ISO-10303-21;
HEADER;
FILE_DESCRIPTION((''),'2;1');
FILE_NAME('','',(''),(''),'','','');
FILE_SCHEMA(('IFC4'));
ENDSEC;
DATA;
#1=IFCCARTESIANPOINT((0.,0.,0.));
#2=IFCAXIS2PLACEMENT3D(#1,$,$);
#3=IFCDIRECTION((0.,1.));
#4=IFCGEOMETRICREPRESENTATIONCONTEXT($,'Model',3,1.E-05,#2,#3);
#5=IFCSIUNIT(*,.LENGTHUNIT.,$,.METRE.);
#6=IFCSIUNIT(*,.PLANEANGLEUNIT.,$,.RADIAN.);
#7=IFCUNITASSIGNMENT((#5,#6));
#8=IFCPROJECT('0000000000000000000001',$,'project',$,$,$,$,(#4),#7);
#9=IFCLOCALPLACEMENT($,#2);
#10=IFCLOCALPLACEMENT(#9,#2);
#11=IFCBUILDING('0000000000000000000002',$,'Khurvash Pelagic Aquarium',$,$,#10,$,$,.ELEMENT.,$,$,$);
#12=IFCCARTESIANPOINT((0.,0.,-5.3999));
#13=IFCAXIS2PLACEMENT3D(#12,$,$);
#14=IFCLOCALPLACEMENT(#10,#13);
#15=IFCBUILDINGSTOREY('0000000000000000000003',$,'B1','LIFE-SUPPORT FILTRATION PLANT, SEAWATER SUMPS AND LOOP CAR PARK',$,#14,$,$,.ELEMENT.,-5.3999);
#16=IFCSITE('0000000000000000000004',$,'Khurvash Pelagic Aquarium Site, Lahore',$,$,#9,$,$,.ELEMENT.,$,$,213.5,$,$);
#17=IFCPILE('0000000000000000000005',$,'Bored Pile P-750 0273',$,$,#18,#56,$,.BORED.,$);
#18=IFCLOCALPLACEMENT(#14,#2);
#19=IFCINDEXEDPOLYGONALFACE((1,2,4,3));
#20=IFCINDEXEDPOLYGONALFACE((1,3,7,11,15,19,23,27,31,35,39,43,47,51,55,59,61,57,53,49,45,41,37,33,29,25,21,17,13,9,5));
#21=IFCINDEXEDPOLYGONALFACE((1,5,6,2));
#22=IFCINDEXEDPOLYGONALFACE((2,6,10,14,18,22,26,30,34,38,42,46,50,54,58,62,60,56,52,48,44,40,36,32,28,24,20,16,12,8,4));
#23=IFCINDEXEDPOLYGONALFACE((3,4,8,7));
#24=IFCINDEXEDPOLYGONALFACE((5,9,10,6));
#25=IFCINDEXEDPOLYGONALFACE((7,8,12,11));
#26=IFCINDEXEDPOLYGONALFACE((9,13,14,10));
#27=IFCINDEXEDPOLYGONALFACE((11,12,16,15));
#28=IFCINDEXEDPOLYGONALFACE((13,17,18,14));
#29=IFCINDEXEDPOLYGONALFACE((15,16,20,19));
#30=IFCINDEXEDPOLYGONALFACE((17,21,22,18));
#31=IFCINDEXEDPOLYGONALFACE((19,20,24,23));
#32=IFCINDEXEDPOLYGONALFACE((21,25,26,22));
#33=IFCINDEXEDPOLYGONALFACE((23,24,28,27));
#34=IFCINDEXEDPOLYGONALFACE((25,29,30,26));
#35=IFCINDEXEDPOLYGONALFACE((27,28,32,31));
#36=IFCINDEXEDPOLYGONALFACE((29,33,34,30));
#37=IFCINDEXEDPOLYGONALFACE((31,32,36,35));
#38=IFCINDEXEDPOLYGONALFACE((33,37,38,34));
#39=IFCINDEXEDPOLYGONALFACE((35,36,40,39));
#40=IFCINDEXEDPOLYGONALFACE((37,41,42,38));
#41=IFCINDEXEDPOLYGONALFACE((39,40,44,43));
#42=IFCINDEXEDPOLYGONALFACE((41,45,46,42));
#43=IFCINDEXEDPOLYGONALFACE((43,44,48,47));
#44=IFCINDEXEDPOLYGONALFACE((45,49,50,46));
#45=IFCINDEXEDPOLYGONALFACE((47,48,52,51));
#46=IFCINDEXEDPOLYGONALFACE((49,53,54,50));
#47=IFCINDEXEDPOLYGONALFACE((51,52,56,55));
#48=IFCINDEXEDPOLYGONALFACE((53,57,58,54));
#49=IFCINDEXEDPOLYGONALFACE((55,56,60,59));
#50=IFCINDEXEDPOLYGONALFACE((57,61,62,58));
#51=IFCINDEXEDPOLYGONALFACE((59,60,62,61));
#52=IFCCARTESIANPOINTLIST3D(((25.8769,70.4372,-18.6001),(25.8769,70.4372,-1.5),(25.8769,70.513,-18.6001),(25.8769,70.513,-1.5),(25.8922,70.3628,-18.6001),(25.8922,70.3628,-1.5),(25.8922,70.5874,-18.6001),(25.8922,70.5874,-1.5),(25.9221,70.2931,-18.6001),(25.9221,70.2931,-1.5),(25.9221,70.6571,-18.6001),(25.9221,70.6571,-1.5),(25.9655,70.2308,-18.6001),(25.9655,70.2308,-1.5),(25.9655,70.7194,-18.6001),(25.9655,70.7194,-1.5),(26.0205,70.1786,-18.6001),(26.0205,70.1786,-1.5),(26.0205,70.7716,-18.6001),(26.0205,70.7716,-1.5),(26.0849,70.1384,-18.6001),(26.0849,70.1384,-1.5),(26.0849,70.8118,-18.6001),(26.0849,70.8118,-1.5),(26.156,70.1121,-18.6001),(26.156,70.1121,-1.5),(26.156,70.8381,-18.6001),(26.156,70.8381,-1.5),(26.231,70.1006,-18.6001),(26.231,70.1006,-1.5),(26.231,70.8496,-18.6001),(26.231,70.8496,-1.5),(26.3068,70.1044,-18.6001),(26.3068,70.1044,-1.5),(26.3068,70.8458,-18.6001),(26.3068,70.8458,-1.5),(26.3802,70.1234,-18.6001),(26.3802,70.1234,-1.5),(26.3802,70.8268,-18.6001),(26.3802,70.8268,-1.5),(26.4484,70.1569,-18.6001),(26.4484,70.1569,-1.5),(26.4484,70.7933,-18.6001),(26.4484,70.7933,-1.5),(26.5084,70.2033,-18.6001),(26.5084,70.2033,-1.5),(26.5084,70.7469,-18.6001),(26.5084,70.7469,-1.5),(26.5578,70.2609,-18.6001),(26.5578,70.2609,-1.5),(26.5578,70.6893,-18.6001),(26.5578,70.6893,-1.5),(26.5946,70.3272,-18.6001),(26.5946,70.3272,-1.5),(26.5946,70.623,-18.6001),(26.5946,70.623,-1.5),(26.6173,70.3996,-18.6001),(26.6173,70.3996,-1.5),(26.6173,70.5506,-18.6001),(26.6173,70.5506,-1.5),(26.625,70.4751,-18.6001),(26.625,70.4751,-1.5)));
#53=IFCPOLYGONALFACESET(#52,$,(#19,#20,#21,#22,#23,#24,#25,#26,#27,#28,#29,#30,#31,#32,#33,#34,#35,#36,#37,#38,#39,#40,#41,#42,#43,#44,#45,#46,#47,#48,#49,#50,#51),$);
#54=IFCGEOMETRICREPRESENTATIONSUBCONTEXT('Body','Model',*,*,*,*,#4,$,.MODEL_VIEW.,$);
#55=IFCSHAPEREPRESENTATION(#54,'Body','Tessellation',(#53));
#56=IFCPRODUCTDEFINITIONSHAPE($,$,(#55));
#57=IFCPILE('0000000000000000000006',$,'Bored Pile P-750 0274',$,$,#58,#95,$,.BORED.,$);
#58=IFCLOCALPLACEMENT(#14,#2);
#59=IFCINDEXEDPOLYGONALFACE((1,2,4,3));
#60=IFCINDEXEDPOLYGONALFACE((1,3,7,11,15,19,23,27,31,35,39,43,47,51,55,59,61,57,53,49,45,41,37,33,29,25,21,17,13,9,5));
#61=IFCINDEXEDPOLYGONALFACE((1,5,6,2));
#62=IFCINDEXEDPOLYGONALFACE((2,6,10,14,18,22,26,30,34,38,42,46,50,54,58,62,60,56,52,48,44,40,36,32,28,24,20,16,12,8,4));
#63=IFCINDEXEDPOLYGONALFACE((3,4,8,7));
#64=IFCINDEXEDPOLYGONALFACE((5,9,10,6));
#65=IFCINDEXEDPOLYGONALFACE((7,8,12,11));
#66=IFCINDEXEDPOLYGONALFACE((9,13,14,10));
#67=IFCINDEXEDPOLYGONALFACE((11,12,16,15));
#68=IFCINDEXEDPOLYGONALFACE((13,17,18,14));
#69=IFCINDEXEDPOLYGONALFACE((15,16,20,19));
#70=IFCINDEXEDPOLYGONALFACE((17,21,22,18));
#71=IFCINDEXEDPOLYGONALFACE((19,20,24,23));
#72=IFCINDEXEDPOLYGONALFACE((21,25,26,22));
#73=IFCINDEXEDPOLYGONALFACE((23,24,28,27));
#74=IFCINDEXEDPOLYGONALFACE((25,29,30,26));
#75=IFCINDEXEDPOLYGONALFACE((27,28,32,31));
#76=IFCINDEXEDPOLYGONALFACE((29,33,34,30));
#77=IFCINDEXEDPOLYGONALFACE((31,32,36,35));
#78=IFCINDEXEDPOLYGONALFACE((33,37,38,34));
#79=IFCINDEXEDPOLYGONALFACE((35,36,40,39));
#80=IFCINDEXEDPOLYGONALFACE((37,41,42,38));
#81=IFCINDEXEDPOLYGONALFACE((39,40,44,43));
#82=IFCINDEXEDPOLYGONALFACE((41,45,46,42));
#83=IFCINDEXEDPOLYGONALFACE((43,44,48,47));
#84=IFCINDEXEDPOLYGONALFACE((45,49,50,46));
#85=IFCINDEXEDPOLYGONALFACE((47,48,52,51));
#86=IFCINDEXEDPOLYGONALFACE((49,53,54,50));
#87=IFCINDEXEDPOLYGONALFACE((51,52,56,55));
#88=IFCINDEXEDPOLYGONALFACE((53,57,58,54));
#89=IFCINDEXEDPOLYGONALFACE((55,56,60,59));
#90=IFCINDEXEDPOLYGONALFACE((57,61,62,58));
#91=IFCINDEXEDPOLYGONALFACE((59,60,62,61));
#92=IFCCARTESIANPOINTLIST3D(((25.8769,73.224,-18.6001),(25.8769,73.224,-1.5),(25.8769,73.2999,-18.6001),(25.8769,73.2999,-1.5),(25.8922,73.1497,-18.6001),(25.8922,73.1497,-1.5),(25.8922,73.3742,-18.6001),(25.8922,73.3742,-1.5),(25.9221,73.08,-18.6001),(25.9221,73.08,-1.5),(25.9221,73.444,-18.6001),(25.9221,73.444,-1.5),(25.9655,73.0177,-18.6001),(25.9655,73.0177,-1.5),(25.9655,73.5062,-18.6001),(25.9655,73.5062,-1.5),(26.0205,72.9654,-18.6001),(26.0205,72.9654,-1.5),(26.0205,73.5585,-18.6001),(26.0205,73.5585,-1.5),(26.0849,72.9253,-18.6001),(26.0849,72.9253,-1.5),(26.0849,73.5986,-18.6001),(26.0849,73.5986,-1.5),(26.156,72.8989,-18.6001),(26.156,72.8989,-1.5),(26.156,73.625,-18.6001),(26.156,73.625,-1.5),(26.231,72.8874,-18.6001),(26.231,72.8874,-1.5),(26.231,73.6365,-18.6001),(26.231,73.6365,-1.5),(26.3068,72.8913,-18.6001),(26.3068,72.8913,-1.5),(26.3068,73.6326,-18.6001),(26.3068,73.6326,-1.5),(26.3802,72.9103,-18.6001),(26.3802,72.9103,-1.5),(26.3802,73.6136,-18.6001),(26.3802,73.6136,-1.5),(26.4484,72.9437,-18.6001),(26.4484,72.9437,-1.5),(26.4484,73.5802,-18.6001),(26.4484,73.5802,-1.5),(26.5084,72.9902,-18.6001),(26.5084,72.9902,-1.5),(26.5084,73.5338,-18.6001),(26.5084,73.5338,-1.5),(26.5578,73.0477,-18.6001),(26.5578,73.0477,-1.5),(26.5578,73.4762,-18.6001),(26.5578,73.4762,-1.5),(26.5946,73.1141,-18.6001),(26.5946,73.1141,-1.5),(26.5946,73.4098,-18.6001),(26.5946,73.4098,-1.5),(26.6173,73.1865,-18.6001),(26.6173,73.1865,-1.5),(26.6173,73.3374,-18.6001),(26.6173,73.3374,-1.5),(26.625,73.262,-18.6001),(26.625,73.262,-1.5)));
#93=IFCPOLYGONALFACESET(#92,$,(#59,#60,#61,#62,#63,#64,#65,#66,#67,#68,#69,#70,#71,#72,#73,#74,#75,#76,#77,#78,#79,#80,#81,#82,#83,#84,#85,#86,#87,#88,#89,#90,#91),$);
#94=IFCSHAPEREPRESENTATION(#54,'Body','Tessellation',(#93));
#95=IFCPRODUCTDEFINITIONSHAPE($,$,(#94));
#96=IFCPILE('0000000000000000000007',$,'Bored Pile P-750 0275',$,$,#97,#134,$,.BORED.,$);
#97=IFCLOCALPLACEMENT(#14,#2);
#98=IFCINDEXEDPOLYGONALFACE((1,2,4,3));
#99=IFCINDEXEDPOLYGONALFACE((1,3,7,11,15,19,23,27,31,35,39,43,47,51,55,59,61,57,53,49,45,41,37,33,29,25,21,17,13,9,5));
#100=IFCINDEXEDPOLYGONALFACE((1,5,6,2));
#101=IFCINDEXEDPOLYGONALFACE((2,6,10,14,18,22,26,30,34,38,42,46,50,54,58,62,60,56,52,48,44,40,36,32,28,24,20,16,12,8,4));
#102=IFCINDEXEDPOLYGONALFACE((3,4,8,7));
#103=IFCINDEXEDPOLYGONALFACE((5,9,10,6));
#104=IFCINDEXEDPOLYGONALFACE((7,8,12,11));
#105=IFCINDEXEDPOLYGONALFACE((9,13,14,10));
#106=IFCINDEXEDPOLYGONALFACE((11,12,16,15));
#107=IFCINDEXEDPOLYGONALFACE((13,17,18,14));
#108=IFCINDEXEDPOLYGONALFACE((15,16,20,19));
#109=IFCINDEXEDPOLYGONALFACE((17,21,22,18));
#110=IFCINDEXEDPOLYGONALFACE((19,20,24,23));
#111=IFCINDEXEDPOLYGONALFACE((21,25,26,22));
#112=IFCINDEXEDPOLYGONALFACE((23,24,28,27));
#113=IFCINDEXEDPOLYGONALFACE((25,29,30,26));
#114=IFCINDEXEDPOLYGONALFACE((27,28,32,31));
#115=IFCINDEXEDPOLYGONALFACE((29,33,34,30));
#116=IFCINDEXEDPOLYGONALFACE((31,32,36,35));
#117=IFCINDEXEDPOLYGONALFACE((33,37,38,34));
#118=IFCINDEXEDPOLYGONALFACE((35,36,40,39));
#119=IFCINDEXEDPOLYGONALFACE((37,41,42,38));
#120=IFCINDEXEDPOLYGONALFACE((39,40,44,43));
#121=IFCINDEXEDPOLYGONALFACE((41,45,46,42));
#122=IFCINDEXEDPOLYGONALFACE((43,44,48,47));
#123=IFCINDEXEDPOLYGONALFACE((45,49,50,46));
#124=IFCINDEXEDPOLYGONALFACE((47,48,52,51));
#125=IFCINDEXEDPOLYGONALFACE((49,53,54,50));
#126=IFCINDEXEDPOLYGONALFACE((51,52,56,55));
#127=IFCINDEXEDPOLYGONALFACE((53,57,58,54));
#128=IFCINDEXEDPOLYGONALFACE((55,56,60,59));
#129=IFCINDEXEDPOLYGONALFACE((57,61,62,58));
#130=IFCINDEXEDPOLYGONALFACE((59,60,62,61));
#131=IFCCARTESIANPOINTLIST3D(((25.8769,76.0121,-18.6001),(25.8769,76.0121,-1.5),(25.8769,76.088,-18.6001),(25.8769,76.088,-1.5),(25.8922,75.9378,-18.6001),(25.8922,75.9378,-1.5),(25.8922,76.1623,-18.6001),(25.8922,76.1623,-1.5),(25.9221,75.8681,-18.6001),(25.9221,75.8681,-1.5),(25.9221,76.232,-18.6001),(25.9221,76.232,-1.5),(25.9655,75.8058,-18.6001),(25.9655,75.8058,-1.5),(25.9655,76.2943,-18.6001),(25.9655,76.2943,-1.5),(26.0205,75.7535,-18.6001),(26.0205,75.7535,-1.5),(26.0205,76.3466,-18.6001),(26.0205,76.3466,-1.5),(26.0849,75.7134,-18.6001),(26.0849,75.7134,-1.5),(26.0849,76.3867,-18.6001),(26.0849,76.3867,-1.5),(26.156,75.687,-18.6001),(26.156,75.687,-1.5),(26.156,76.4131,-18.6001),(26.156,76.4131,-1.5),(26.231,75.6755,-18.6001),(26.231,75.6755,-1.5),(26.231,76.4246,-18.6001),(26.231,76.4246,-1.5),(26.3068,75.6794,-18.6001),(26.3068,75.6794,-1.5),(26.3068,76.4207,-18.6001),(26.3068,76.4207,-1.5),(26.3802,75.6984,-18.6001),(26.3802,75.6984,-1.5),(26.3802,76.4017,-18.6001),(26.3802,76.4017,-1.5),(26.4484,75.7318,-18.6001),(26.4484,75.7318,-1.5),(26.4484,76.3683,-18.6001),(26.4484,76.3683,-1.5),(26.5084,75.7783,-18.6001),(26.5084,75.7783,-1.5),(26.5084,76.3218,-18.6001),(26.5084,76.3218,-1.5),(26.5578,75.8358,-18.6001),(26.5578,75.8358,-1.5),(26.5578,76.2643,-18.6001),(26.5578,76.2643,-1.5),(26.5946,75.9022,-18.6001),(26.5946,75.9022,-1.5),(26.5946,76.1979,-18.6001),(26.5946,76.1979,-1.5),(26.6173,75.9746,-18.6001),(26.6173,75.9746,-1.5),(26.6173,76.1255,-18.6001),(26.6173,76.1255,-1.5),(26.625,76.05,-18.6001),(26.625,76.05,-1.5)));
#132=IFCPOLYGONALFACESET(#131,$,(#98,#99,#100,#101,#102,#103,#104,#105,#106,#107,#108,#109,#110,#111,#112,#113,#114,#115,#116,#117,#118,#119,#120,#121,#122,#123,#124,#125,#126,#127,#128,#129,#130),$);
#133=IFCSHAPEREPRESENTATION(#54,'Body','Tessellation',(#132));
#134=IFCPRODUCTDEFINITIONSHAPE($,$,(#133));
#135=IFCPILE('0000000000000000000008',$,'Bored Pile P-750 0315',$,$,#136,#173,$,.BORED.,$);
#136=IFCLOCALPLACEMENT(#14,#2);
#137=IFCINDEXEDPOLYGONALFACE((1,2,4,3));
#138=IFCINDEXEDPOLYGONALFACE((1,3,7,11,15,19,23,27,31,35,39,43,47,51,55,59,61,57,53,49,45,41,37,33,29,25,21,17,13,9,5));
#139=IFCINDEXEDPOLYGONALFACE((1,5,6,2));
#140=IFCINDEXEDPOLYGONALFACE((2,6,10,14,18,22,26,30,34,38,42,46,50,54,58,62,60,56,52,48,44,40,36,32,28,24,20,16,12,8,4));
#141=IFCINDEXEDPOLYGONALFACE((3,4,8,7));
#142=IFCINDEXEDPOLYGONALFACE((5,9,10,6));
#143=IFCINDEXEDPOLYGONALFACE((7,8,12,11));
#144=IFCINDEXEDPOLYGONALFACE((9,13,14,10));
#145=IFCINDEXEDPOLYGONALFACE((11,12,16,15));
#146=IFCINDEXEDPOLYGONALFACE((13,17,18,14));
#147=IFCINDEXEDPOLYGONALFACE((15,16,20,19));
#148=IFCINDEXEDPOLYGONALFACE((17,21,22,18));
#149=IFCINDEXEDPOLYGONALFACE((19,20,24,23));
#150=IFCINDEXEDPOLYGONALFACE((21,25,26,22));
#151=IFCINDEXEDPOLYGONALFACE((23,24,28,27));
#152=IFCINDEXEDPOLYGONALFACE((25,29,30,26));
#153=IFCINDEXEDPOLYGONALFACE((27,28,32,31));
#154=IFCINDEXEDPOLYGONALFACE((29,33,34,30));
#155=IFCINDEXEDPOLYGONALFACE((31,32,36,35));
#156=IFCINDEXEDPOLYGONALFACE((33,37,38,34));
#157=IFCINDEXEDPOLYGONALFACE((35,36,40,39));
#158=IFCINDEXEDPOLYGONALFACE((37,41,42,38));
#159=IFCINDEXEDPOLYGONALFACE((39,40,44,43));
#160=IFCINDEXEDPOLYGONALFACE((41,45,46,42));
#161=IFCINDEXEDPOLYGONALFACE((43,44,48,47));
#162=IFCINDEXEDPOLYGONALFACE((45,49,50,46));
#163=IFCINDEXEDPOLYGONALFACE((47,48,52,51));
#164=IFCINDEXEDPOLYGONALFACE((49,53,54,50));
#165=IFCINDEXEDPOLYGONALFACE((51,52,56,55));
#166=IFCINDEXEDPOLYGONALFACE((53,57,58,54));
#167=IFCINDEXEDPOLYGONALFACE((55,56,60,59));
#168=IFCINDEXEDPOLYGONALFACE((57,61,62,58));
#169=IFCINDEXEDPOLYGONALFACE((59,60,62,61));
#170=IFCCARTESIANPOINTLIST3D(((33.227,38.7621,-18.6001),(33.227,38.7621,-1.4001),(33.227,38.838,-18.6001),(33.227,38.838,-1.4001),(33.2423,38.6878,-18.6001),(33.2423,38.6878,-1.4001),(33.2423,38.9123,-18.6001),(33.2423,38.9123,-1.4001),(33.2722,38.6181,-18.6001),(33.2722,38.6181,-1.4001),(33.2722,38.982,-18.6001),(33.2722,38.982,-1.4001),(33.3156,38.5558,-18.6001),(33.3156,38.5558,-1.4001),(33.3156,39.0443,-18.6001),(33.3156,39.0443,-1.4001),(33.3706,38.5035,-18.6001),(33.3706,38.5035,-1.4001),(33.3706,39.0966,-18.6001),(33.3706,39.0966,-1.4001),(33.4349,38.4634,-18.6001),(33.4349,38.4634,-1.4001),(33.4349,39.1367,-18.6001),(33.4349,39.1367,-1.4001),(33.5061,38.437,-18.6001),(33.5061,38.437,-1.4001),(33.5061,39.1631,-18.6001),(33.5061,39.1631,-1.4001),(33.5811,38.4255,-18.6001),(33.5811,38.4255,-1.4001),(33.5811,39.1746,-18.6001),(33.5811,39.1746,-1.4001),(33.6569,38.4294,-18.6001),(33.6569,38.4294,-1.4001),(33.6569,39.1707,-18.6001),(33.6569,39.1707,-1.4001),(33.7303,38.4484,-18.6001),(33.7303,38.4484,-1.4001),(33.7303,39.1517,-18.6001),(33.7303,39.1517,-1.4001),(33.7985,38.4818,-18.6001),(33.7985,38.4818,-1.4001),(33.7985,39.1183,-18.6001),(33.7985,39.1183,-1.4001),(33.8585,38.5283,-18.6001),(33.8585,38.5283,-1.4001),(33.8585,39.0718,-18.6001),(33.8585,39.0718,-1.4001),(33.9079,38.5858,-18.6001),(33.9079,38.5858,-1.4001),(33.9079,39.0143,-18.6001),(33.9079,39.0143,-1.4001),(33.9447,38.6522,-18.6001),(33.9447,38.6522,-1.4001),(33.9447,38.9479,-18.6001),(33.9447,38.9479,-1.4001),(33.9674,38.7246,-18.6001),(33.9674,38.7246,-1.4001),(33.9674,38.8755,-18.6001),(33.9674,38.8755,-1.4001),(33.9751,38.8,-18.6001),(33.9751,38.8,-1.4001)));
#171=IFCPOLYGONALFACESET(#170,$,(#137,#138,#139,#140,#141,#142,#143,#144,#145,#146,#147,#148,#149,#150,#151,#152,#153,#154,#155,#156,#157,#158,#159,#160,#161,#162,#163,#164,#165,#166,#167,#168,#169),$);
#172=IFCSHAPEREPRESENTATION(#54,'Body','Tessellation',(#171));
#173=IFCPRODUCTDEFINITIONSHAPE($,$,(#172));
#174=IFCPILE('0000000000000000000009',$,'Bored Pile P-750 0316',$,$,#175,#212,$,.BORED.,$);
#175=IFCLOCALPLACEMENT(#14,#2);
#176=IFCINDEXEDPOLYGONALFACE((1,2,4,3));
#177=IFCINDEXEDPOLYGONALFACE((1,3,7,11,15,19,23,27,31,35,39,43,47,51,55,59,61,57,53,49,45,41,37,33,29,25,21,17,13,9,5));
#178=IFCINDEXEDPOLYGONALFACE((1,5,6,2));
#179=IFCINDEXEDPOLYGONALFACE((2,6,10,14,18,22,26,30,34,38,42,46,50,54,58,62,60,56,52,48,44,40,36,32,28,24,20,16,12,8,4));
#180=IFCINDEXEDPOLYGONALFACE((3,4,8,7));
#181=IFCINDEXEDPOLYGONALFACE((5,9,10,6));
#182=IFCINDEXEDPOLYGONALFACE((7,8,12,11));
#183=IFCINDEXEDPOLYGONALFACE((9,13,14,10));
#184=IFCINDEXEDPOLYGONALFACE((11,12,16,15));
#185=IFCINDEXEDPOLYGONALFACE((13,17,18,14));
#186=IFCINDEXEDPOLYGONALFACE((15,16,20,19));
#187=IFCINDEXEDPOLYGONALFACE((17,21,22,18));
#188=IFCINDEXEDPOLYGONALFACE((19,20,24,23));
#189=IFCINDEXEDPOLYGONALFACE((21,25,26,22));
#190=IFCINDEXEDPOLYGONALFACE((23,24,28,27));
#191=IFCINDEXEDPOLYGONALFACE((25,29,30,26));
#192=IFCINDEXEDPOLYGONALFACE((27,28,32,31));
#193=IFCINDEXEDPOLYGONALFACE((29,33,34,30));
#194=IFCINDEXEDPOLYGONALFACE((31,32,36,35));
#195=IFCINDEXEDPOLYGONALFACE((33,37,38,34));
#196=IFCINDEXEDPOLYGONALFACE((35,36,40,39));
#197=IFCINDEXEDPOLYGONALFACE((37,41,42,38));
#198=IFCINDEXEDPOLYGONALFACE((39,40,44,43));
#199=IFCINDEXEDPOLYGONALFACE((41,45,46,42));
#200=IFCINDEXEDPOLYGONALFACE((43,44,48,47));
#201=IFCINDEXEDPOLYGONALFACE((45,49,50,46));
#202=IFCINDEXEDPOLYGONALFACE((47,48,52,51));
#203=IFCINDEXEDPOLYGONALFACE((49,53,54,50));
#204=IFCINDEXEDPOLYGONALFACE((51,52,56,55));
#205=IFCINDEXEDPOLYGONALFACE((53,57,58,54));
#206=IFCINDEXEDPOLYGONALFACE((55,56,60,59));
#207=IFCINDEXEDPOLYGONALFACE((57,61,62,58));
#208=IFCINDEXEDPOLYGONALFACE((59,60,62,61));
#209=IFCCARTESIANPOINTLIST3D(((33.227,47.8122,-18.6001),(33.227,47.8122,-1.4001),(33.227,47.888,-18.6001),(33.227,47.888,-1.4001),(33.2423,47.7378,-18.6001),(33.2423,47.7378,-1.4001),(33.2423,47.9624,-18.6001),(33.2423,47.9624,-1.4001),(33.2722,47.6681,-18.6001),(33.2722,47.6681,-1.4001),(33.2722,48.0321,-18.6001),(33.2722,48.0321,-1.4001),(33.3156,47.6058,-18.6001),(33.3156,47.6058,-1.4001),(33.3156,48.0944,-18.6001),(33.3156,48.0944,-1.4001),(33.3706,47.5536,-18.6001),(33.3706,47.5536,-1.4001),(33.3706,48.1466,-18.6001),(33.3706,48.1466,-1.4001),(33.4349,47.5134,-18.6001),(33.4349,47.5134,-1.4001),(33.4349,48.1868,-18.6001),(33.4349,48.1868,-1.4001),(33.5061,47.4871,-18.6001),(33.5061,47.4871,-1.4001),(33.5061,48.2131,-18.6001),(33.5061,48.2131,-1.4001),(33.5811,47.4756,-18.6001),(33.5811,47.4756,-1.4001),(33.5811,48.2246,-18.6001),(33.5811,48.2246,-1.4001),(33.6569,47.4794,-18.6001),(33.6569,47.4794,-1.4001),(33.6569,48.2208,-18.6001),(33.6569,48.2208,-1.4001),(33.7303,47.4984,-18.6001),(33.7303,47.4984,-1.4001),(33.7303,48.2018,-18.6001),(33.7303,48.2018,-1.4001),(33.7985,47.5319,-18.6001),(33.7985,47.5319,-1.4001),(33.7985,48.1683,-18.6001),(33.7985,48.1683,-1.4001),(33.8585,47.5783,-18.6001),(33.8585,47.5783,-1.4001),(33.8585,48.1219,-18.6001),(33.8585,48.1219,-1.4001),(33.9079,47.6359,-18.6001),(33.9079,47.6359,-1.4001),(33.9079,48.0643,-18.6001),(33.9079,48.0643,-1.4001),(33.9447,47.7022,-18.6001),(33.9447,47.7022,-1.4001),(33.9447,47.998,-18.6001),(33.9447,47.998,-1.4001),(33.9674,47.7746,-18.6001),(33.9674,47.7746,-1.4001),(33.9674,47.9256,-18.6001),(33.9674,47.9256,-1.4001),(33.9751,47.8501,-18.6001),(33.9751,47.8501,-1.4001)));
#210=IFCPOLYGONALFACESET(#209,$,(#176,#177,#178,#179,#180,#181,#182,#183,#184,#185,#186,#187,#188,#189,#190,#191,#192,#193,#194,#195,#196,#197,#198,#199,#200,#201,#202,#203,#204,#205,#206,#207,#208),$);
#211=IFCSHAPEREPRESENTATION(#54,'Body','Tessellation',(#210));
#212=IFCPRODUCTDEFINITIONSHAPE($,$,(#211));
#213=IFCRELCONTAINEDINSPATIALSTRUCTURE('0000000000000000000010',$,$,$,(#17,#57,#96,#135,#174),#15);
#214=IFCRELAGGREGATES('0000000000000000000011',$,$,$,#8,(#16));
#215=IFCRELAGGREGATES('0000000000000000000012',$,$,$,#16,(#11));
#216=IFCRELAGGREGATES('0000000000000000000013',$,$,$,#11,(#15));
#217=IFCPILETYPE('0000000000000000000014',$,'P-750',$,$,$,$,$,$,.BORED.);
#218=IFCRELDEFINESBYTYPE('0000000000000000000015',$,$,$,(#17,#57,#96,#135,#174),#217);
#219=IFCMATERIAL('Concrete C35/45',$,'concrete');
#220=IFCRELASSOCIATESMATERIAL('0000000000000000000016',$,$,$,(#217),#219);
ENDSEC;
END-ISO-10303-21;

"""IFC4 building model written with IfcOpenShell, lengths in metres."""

from ifc_helpers import new_model, si_unit, direction, frame, origin, origin_2d, place, context, subcontext, project, spatial, circle, extrude, material, material_profile, profile_set, type_object, element, save


model = new_model("IFC4")

# Units and contexts
model_context = context("Model", 3, precision=1e-05, world=origin(), true_north=direction((0.0, 1.0)))
body_context = subcontext(model_context, "Body", "Model", "MODEL_VIEW")
ifc_project = project(units=[si_unit("LENGTHUNIT", "METRE"), si_unit("PLANEANGLEUNIT", "RADIAN")], contexts=[model_context])

# Site, building, storey
site_placement = place(None, origin())
site = spatial("IfcSite", under=ifc_project, at=site_placement, Name="Khurvash Pelagic Aquarium Site, Lahore", CompositionType="ELEMENT", RefElevation=213.5)
building_placement = place(site_placement, origin())
building = spatial("IfcBuilding", under=site, at=building_placement, Name="Khurvash Pelagic Aquarium", CompositionType="ELEMENT")
storey_placement = place(building_placement, frame((0.0, 0.0, -5.3999)))
storey = spatial("IfcBuildingStorey", under=building, at=storey_placement, Name="B1", Description="LIFE-SUPPORT FILTRATION PLANT, SEAWATER SUMPS AND LOOP CAR PARK", CompositionType="ELEMENT", Elevation=-5.3999)

# Shared definitions
ifc_material_1 = material(Name="Concrete C35/45", Category="concrete")

# Piles
ifc_material_profile_1 = material_profile(ifc_material_1, circle(Radius=0.375, at=origin_2d()), Name="PILE750")
ifc_profile_set_1 = profile_set([ifc_material_profile_1], Name="Concrete C35/45")
pile_type = type_object("IfcPileType", Name="P-750", PredefinedType="BORED", material=ifc_profile_set_1)
for number, where, z_axis, x_axis, name in (
    (1, (26.25, 70.4751, -1.5), (0.0, 0.0, -1.0), (1.0, 0.0, 0.0), "Bored Pile P-750 0273"),
    (2, (26.25, 73.262, -1.5), (0.0, 0.0, -1.0), (1.0, 0.0, 0.0), "Bored Pile P-750 0274"),
    (3, (26.25, 76.05, -1.5), (0.0, 0.0, -1.0), (1.0, 0.0, 0.0), "Bored Pile P-750 0275"),
):
    element("IfcPile", number, at=place(storey_placement, frame(where, z_axis=z_axis, x_axis=x_axis)), inside=storey, type_object=pile_type, Name=name, PredefinedType="BORED", context=body_context, shape_type="SweptSolid", body=[
        extrude(circle(Radius=0.375, at=origin_2d()), origin(), (0.0, 0.0, 1.0), 17.1001),
    ])
for number, where, z_axis, x_axis, name in (
    (4, (33.6001, 38.8, -1.4001), (0.0, 0.0, -1.0), (1.0, 0.0, 0.0), "Bored Pile P-750 0315"),
    (5, (33.6001, 47.8501, -1.4001), (0.0, 0.0, -1.0), (1.0, 0.0, 0.0), "Bored Pile P-750 0316"),
):
    element("IfcPile", number, at=place(storey_placement, frame(where, z_axis=z_axis, x_axis=x_axis)), inside=storey, type_object=pile_type, Name=name, PredefinedType="BORED", context=body_context, shape_type="SweptSolid", body=[
        extrude(circle(Radius=0.375, at=origin_2d()), origin(), (0.0, 0.0, 1.0), 17.2),
    ])

save(model, "model.ifc")
